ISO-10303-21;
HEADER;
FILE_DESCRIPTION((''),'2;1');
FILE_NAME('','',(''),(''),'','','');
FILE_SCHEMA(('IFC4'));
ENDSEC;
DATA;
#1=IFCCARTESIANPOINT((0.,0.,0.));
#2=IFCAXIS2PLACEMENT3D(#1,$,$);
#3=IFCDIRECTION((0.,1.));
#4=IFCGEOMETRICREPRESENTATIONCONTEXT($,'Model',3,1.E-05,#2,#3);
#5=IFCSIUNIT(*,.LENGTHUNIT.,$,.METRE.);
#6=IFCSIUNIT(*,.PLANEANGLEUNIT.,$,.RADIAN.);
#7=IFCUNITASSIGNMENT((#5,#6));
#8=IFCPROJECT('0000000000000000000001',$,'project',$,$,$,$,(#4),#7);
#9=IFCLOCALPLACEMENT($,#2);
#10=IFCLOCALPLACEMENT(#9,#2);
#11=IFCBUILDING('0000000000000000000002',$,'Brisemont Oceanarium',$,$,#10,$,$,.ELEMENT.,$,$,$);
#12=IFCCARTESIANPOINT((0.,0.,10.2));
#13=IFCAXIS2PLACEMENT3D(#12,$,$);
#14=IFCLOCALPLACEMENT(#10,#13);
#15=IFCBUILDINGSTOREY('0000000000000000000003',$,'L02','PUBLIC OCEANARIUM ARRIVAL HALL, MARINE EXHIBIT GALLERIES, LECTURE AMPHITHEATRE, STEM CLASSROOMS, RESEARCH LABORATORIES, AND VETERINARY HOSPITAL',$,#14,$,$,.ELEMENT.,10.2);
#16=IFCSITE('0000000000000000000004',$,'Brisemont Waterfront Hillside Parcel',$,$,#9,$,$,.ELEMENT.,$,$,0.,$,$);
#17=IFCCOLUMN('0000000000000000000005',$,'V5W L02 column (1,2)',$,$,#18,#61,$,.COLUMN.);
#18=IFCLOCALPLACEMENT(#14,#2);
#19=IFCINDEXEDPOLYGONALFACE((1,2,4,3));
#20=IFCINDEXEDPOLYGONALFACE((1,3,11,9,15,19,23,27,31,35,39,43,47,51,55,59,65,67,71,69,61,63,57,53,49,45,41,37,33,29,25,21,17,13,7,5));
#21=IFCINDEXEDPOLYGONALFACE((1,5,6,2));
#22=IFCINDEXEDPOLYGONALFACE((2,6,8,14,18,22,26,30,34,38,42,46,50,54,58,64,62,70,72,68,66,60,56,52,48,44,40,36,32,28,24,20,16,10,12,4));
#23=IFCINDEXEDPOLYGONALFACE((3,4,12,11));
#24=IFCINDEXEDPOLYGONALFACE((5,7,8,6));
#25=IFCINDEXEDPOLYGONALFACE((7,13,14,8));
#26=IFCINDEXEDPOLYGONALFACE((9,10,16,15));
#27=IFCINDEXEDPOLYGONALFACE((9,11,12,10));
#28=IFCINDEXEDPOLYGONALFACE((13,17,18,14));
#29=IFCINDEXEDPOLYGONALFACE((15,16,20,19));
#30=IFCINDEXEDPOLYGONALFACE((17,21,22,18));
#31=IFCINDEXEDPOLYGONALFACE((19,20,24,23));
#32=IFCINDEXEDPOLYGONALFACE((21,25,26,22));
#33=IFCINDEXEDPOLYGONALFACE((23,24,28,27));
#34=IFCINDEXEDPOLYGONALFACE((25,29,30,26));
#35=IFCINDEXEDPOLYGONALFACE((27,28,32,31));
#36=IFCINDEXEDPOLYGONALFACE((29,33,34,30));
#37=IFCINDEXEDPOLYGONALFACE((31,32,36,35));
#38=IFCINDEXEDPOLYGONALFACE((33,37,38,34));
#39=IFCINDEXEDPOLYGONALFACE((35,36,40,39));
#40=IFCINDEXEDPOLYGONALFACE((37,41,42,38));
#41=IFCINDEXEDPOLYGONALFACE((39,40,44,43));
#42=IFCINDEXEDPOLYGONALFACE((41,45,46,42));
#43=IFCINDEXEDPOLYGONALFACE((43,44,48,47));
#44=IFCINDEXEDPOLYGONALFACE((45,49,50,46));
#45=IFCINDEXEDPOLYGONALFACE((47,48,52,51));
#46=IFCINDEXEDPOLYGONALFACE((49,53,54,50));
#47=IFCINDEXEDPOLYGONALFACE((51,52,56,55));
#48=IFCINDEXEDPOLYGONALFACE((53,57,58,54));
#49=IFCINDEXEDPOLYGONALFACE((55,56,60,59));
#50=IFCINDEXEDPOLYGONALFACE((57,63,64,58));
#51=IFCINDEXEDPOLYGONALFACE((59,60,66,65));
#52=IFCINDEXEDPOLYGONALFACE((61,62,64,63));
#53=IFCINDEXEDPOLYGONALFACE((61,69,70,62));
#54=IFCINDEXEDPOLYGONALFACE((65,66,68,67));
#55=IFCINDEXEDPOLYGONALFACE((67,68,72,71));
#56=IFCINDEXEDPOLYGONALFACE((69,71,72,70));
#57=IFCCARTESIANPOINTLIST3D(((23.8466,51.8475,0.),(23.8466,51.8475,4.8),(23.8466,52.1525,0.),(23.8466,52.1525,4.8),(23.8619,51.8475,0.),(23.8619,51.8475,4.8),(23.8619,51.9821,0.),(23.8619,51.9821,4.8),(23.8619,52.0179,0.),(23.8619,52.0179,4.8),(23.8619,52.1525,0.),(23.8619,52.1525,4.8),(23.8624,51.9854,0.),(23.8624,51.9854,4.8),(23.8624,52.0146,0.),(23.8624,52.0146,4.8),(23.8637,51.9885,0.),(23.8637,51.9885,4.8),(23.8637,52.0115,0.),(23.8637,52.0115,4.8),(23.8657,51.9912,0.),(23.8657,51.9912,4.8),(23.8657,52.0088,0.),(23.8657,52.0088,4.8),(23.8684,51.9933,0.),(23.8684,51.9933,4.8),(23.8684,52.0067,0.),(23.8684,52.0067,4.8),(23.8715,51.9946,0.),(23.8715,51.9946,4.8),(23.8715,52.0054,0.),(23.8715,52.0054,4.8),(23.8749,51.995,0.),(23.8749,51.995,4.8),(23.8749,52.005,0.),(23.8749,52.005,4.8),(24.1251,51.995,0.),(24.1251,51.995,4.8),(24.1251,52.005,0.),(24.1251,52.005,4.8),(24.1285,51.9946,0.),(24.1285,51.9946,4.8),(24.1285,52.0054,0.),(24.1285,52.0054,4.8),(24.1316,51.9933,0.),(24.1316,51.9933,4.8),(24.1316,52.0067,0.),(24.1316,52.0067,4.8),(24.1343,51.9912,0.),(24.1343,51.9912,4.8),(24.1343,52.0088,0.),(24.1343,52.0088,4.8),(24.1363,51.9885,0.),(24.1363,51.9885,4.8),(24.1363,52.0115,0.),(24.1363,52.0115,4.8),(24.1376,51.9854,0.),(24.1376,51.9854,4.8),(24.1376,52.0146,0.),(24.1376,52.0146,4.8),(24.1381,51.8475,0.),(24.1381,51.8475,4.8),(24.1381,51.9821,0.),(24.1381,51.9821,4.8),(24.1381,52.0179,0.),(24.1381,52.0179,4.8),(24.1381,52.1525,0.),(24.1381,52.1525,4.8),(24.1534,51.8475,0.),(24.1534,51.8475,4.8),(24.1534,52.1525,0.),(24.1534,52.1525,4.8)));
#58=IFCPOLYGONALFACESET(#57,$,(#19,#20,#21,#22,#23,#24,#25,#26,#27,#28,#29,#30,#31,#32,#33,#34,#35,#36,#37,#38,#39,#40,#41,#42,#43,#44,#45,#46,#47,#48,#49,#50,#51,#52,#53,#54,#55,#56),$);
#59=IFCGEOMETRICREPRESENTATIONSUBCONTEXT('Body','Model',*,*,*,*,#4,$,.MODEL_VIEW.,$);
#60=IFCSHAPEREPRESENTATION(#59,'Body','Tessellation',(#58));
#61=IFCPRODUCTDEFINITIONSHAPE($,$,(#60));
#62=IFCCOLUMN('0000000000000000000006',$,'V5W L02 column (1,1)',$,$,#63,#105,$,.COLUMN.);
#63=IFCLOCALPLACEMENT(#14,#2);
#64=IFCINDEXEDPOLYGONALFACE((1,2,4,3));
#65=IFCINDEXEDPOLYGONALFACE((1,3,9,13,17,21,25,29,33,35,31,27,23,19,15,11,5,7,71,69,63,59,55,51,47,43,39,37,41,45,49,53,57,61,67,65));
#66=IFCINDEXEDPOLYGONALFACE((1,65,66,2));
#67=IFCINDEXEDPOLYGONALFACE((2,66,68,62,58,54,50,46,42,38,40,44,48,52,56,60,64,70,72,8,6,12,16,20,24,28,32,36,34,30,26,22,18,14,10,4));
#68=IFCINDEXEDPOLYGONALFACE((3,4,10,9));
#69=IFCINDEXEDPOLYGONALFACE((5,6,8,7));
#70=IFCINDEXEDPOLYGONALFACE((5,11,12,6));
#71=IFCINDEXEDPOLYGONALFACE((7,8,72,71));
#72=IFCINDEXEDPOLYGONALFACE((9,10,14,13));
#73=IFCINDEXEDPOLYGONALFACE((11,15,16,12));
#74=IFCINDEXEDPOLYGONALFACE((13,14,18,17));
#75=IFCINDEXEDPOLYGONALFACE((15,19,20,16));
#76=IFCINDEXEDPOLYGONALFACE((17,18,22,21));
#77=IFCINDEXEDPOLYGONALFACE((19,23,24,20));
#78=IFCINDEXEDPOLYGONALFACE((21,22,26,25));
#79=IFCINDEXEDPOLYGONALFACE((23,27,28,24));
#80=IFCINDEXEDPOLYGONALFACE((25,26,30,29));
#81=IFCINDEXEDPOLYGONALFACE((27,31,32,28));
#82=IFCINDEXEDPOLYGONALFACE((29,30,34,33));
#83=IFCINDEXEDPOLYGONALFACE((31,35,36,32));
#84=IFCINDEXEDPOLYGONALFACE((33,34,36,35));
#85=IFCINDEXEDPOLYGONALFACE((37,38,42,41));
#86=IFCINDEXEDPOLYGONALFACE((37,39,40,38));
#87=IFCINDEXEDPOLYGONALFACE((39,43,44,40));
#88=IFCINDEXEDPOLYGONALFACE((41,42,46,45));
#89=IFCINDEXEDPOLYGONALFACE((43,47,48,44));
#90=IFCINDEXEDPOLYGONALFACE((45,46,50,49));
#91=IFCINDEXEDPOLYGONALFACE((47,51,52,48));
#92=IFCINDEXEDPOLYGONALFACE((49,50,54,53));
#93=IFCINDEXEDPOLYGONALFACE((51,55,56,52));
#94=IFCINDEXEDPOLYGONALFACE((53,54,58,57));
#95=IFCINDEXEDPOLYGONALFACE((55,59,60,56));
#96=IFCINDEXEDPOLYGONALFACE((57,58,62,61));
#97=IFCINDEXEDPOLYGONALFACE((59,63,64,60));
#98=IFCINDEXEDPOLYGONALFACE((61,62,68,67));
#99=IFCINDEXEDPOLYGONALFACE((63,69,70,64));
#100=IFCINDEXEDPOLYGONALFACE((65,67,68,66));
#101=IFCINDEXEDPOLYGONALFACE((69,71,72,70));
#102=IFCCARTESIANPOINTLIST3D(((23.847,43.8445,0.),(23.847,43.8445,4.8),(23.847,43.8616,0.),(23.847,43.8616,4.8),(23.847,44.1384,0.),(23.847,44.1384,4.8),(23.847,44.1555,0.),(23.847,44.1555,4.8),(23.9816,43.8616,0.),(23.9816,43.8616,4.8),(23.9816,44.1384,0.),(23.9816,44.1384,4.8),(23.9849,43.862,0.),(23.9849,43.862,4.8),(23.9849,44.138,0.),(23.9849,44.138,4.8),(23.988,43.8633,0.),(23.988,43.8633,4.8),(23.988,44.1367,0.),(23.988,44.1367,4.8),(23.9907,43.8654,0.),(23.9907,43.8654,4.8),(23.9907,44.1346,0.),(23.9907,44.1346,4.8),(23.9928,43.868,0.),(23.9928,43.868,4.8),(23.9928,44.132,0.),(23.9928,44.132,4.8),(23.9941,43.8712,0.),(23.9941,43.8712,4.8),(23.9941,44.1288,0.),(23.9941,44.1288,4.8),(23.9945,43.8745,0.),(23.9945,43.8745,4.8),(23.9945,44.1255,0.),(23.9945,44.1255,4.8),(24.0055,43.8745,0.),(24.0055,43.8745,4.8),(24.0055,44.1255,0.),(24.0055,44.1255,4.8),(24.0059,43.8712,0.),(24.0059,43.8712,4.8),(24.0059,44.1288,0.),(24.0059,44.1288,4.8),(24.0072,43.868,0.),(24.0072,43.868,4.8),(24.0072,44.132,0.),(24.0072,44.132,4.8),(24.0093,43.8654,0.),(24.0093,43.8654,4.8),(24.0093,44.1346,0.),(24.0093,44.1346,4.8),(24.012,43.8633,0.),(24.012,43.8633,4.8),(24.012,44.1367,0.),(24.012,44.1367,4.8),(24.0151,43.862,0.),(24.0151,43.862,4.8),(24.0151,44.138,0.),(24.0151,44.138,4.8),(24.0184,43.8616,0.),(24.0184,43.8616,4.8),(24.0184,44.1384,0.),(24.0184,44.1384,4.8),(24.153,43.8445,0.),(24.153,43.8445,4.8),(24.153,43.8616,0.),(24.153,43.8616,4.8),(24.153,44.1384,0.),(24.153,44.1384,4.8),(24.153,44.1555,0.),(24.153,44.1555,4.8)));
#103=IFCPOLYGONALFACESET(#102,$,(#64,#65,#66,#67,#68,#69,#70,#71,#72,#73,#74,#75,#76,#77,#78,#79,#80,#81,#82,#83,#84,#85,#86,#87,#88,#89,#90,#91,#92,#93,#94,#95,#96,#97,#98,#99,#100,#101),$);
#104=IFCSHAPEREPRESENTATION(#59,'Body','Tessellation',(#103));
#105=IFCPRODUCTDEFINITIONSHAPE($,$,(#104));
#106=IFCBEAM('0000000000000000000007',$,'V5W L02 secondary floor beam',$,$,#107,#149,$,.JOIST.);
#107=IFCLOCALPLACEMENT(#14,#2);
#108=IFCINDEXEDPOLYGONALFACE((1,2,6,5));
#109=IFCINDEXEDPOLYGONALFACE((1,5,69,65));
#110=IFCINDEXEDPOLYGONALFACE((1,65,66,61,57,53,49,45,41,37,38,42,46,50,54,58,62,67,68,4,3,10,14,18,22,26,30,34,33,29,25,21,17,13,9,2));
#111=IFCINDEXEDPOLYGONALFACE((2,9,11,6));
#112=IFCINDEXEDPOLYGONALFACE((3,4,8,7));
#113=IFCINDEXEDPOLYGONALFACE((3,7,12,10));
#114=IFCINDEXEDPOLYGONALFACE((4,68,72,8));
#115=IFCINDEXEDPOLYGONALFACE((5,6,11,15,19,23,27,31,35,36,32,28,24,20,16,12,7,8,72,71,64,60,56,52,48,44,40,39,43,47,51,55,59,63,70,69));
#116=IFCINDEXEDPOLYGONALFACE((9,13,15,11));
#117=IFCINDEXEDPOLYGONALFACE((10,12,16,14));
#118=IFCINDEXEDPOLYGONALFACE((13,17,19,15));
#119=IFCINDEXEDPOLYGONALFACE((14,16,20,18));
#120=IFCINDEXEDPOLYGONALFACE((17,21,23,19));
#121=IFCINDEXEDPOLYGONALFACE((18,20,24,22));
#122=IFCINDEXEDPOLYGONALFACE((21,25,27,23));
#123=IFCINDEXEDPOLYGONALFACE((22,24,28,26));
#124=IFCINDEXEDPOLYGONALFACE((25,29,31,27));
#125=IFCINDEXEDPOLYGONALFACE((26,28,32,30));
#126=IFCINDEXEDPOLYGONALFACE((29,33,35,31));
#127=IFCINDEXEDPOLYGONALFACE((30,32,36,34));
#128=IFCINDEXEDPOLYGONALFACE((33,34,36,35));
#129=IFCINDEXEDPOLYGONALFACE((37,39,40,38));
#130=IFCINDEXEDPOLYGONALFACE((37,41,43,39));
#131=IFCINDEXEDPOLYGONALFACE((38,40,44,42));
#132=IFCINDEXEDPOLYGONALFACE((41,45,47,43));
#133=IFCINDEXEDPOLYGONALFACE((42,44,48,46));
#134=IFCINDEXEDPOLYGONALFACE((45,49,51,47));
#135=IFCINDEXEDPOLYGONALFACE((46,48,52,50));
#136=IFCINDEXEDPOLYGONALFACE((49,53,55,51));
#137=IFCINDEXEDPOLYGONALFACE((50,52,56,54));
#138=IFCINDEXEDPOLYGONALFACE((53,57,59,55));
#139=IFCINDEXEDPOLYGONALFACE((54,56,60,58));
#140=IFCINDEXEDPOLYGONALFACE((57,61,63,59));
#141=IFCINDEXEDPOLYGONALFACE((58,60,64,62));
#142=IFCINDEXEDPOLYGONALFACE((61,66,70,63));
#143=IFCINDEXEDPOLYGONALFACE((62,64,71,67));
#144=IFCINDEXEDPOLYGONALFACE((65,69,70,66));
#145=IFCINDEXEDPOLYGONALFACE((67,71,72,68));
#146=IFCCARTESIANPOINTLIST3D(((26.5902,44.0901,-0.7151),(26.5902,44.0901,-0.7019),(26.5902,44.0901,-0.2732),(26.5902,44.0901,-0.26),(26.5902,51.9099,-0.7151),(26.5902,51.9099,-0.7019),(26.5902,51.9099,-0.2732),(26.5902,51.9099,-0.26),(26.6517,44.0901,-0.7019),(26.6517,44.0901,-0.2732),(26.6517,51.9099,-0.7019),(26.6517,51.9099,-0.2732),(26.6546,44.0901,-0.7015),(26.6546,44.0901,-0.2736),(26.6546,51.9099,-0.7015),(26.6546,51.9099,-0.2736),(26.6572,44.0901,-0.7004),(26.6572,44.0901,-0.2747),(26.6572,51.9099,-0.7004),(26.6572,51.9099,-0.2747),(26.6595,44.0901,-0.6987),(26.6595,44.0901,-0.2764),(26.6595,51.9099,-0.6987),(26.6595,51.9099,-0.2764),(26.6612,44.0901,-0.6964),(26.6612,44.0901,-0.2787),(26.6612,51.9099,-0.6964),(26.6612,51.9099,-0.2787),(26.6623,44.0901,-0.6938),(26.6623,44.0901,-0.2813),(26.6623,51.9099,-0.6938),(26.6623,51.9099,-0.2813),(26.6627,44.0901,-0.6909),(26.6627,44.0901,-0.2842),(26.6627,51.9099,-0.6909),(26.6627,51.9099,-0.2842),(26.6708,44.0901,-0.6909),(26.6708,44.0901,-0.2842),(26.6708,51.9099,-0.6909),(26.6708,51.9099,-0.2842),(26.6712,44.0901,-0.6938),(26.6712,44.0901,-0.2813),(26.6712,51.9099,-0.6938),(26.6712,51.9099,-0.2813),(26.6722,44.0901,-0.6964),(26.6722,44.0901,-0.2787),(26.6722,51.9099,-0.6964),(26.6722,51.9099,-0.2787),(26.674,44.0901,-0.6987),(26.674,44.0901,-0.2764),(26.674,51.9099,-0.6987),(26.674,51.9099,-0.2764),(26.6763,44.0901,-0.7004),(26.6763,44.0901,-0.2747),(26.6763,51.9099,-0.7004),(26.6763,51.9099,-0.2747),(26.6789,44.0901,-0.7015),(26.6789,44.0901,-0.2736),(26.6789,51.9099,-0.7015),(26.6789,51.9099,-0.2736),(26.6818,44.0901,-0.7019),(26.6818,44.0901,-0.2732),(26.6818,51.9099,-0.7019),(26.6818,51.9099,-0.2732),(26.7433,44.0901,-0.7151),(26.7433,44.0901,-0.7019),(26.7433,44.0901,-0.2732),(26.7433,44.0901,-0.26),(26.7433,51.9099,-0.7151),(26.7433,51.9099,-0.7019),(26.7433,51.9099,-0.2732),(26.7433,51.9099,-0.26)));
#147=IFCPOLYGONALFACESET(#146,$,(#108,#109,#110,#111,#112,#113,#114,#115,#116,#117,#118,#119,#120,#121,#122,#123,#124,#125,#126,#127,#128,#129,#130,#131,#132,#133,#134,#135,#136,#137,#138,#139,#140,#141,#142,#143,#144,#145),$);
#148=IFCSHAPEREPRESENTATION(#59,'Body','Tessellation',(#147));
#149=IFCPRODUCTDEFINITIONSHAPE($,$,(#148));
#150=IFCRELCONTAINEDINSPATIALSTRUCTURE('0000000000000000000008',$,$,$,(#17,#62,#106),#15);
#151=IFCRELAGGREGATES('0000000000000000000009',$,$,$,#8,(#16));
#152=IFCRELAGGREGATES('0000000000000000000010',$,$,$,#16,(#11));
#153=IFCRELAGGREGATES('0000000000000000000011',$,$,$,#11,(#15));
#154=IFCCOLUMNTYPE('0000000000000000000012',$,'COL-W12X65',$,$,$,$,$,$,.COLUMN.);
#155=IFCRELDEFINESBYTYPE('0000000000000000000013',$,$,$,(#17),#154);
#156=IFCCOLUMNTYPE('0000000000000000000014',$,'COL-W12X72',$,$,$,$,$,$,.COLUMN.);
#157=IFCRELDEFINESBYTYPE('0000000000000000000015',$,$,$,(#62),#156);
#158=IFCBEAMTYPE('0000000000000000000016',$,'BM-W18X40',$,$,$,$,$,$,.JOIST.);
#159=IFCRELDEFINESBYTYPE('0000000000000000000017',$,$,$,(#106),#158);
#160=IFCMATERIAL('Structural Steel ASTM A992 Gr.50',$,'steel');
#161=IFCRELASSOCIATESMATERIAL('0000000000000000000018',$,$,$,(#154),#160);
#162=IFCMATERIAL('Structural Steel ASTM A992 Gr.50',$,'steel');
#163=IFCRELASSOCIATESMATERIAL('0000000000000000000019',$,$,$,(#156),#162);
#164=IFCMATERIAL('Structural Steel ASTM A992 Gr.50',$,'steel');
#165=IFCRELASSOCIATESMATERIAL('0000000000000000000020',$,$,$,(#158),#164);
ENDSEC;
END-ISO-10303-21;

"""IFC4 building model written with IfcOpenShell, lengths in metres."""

from ifc_helpers import new_model, si_unit, direction, frame, origin, origin_2d, place, context, subcontext, project, spatial, i_section, extrude, material, material_profile, profile_set, type_object, element, save


model = new_model("IFC4")

# Units and contexts
model_context = context("Model", 3, precision=1e-05, world=origin(), true_north=direction((0.0, 1.0)))
body_context = subcontext(model_context, "Body", "Model", "MODEL_VIEW")
ifc_project = project(units=[si_unit("LENGTHUNIT", "METRE"), si_unit("PLANEANGLEUNIT", "RADIAN")], contexts=[model_context])

# Site, building, storey
site_placement = place(None, origin())
site = spatial("IfcSite", under=ifc_project, at=site_placement, Name="Brisemont Waterfront Hillside Parcel", CompositionType="ELEMENT", RefElevation=0.0)
building_placement = place(site_placement, origin())
building = spatial("IfcBuilding", under=site, at=building_placement, Name="Brisemont Oceanarium", CompositionType="ELEMENT")
storey_placement = place(building_placement, frame((0.0, 0.0, 10.2)))
storey = spatial("IfcBuildingStorey", under=building, at=storey_placement, Name="L02", Description="PUBLIC OCEANARIUM ARRIVAL HALL, MARINE EXHIBIT GALLERIES, LECTURE AMPHITHEATRE, STEM CLASSROOMS, RESEARCH LABORATORIES, AND VETERINARY HOSPITAL", CompositionType="ELEMENT", Elevation=10.2)

# Columns
ifc_material_1 = material(Name="Structural Steel ASTM A992 Gr.50", Category="steel")
ifc_material_profile_1 = material_profile(ifc_material_1, i_section(OverallWidth=0.3049, OverallDepth=0.3069, WebThickness=0.01, FlangeThickness=0.0154, FilletRadius=0.0129, at=origin_2d()), Name="W12X65")
ifc_profile_set_1 = profile_set([ifc_material_profile_1], Name="Structural Steel ASTM A992 Gr.50")
column_type_1 = type_object("IfcColumnType", Name="COL-W12X65", PredefinedType="COLUMN", material=ifc_profile_set_1)
column_1_placement = place(storey_placement, frame((24.0, 52.0, 0.0), z_axis=(0.0, 0.0, 1.0), x_axis=(0.0, 1.0, 0.0)))
element("IfcColumn", 1, at=column_1_placement, inside=storey, type_object=column_type_1, Name="V5W L02 column (1,2)", PredefinedType="COLUMN", context=body_context, shape_type="SweptSolid", body=[
    extrude(i_section(OverallWidth=0.3049, OverallDepth=0.3069, WebThickness=0.01, FlangeThickness=0.0154, FilletRadius=0.0129, at=origin_2d()), origin(), (0.0, 0.0, 1.0), 4.8),
])
ifc_material_2 = material(Name="Structural Steel ASTM A992 Gr.50", Category="steel")
ifc_material_profile_2 = material_profile(ifc_material_2, i_section(OverallWidth=0.3059, OverallDepth=0.311, WebThickness=0.011, FlangeThickness=0.0171, FilletRadius=0.0129, at=origin_2d()), Name="W12X72")
ifc_profile_set_2 = profile_set([ifc_material_profile_2], Name="Structural Steel ASTM A992 Gr.50")
column_type_2 = type_object("IfcColumnType", Name="COL-W12X72", PredefinedType="COLUMN", material=ifc_profile_set_2)
column_2_placement = place(storey_placement, frame((24.0, 44.0, 0.0), z_axis=(0.0, 0.0, 1.0), x_axis=(1.0, 0.0, 0.0)))
element("IfcColumn", 2, at=column_2_placement, inside=storey, type_object=column_type_2, Name="V5W L02 column (1,1)", PredefinedType="COLUMN", context=body_context, shape_type="SweptSolid", body=[
    extrude(i_section(OverallWidth=0.3059, OverallDepth=0.311, WebThickness=0.011, FlangeThickness=0.0171, FilletRadius=0.0129, at=origin_2d()), origin(), (0.0, 0.0, 1.0), 4.8),
])

# Beam
ifc_material_3 = material(Name="Structural Steel ASTM A992 Gr.50", Category="steel")
ifc_material_profile_3 = material_profile(ifc_material_3, i_section(OverallWidth=0.1531, OverallDepth=0.4551, WebThickness=0.0081, FlangeThickness=0.0132, FilletRadius=0.011, at=origin_2d()), Name="W18X40")
ifc_profile_set_3 = profile_set([ifc_material_profile_3], Name="Structural Steel ASTM A992 Gr.50")
beam_type_1 = type_object("IfcBeamType", Name="BM-W18X40", PredefinedType="JOIST", material=ifc_profile_set_3)
beam_1_placement = place(storey_placement, frame((26.6667, 44.0901, -0.4875), z_axis=(0.0, 1.0, 0.0), x_axis=(-1.0, 0.0, 0.0)))
element("IfcBeam", 3, at=beam_1_placement, inside=storey, type_object=beam_type_1, Name="V5W L02 secondary floor beam", PredefinedType="JOIST", context=body_context, shape_type="SweptSolid", body=[
    extrude(i_section(OverallWidth=0.1531, OverallDepth=0.4551, WebThickness=0.0081, FlangeThickness=0.0132, FilletRadius=0.011, at=origin_2d()), origin(), (0.0, 0.0, 1.0), 7.8198),
])

save(model, "model.ifc")
